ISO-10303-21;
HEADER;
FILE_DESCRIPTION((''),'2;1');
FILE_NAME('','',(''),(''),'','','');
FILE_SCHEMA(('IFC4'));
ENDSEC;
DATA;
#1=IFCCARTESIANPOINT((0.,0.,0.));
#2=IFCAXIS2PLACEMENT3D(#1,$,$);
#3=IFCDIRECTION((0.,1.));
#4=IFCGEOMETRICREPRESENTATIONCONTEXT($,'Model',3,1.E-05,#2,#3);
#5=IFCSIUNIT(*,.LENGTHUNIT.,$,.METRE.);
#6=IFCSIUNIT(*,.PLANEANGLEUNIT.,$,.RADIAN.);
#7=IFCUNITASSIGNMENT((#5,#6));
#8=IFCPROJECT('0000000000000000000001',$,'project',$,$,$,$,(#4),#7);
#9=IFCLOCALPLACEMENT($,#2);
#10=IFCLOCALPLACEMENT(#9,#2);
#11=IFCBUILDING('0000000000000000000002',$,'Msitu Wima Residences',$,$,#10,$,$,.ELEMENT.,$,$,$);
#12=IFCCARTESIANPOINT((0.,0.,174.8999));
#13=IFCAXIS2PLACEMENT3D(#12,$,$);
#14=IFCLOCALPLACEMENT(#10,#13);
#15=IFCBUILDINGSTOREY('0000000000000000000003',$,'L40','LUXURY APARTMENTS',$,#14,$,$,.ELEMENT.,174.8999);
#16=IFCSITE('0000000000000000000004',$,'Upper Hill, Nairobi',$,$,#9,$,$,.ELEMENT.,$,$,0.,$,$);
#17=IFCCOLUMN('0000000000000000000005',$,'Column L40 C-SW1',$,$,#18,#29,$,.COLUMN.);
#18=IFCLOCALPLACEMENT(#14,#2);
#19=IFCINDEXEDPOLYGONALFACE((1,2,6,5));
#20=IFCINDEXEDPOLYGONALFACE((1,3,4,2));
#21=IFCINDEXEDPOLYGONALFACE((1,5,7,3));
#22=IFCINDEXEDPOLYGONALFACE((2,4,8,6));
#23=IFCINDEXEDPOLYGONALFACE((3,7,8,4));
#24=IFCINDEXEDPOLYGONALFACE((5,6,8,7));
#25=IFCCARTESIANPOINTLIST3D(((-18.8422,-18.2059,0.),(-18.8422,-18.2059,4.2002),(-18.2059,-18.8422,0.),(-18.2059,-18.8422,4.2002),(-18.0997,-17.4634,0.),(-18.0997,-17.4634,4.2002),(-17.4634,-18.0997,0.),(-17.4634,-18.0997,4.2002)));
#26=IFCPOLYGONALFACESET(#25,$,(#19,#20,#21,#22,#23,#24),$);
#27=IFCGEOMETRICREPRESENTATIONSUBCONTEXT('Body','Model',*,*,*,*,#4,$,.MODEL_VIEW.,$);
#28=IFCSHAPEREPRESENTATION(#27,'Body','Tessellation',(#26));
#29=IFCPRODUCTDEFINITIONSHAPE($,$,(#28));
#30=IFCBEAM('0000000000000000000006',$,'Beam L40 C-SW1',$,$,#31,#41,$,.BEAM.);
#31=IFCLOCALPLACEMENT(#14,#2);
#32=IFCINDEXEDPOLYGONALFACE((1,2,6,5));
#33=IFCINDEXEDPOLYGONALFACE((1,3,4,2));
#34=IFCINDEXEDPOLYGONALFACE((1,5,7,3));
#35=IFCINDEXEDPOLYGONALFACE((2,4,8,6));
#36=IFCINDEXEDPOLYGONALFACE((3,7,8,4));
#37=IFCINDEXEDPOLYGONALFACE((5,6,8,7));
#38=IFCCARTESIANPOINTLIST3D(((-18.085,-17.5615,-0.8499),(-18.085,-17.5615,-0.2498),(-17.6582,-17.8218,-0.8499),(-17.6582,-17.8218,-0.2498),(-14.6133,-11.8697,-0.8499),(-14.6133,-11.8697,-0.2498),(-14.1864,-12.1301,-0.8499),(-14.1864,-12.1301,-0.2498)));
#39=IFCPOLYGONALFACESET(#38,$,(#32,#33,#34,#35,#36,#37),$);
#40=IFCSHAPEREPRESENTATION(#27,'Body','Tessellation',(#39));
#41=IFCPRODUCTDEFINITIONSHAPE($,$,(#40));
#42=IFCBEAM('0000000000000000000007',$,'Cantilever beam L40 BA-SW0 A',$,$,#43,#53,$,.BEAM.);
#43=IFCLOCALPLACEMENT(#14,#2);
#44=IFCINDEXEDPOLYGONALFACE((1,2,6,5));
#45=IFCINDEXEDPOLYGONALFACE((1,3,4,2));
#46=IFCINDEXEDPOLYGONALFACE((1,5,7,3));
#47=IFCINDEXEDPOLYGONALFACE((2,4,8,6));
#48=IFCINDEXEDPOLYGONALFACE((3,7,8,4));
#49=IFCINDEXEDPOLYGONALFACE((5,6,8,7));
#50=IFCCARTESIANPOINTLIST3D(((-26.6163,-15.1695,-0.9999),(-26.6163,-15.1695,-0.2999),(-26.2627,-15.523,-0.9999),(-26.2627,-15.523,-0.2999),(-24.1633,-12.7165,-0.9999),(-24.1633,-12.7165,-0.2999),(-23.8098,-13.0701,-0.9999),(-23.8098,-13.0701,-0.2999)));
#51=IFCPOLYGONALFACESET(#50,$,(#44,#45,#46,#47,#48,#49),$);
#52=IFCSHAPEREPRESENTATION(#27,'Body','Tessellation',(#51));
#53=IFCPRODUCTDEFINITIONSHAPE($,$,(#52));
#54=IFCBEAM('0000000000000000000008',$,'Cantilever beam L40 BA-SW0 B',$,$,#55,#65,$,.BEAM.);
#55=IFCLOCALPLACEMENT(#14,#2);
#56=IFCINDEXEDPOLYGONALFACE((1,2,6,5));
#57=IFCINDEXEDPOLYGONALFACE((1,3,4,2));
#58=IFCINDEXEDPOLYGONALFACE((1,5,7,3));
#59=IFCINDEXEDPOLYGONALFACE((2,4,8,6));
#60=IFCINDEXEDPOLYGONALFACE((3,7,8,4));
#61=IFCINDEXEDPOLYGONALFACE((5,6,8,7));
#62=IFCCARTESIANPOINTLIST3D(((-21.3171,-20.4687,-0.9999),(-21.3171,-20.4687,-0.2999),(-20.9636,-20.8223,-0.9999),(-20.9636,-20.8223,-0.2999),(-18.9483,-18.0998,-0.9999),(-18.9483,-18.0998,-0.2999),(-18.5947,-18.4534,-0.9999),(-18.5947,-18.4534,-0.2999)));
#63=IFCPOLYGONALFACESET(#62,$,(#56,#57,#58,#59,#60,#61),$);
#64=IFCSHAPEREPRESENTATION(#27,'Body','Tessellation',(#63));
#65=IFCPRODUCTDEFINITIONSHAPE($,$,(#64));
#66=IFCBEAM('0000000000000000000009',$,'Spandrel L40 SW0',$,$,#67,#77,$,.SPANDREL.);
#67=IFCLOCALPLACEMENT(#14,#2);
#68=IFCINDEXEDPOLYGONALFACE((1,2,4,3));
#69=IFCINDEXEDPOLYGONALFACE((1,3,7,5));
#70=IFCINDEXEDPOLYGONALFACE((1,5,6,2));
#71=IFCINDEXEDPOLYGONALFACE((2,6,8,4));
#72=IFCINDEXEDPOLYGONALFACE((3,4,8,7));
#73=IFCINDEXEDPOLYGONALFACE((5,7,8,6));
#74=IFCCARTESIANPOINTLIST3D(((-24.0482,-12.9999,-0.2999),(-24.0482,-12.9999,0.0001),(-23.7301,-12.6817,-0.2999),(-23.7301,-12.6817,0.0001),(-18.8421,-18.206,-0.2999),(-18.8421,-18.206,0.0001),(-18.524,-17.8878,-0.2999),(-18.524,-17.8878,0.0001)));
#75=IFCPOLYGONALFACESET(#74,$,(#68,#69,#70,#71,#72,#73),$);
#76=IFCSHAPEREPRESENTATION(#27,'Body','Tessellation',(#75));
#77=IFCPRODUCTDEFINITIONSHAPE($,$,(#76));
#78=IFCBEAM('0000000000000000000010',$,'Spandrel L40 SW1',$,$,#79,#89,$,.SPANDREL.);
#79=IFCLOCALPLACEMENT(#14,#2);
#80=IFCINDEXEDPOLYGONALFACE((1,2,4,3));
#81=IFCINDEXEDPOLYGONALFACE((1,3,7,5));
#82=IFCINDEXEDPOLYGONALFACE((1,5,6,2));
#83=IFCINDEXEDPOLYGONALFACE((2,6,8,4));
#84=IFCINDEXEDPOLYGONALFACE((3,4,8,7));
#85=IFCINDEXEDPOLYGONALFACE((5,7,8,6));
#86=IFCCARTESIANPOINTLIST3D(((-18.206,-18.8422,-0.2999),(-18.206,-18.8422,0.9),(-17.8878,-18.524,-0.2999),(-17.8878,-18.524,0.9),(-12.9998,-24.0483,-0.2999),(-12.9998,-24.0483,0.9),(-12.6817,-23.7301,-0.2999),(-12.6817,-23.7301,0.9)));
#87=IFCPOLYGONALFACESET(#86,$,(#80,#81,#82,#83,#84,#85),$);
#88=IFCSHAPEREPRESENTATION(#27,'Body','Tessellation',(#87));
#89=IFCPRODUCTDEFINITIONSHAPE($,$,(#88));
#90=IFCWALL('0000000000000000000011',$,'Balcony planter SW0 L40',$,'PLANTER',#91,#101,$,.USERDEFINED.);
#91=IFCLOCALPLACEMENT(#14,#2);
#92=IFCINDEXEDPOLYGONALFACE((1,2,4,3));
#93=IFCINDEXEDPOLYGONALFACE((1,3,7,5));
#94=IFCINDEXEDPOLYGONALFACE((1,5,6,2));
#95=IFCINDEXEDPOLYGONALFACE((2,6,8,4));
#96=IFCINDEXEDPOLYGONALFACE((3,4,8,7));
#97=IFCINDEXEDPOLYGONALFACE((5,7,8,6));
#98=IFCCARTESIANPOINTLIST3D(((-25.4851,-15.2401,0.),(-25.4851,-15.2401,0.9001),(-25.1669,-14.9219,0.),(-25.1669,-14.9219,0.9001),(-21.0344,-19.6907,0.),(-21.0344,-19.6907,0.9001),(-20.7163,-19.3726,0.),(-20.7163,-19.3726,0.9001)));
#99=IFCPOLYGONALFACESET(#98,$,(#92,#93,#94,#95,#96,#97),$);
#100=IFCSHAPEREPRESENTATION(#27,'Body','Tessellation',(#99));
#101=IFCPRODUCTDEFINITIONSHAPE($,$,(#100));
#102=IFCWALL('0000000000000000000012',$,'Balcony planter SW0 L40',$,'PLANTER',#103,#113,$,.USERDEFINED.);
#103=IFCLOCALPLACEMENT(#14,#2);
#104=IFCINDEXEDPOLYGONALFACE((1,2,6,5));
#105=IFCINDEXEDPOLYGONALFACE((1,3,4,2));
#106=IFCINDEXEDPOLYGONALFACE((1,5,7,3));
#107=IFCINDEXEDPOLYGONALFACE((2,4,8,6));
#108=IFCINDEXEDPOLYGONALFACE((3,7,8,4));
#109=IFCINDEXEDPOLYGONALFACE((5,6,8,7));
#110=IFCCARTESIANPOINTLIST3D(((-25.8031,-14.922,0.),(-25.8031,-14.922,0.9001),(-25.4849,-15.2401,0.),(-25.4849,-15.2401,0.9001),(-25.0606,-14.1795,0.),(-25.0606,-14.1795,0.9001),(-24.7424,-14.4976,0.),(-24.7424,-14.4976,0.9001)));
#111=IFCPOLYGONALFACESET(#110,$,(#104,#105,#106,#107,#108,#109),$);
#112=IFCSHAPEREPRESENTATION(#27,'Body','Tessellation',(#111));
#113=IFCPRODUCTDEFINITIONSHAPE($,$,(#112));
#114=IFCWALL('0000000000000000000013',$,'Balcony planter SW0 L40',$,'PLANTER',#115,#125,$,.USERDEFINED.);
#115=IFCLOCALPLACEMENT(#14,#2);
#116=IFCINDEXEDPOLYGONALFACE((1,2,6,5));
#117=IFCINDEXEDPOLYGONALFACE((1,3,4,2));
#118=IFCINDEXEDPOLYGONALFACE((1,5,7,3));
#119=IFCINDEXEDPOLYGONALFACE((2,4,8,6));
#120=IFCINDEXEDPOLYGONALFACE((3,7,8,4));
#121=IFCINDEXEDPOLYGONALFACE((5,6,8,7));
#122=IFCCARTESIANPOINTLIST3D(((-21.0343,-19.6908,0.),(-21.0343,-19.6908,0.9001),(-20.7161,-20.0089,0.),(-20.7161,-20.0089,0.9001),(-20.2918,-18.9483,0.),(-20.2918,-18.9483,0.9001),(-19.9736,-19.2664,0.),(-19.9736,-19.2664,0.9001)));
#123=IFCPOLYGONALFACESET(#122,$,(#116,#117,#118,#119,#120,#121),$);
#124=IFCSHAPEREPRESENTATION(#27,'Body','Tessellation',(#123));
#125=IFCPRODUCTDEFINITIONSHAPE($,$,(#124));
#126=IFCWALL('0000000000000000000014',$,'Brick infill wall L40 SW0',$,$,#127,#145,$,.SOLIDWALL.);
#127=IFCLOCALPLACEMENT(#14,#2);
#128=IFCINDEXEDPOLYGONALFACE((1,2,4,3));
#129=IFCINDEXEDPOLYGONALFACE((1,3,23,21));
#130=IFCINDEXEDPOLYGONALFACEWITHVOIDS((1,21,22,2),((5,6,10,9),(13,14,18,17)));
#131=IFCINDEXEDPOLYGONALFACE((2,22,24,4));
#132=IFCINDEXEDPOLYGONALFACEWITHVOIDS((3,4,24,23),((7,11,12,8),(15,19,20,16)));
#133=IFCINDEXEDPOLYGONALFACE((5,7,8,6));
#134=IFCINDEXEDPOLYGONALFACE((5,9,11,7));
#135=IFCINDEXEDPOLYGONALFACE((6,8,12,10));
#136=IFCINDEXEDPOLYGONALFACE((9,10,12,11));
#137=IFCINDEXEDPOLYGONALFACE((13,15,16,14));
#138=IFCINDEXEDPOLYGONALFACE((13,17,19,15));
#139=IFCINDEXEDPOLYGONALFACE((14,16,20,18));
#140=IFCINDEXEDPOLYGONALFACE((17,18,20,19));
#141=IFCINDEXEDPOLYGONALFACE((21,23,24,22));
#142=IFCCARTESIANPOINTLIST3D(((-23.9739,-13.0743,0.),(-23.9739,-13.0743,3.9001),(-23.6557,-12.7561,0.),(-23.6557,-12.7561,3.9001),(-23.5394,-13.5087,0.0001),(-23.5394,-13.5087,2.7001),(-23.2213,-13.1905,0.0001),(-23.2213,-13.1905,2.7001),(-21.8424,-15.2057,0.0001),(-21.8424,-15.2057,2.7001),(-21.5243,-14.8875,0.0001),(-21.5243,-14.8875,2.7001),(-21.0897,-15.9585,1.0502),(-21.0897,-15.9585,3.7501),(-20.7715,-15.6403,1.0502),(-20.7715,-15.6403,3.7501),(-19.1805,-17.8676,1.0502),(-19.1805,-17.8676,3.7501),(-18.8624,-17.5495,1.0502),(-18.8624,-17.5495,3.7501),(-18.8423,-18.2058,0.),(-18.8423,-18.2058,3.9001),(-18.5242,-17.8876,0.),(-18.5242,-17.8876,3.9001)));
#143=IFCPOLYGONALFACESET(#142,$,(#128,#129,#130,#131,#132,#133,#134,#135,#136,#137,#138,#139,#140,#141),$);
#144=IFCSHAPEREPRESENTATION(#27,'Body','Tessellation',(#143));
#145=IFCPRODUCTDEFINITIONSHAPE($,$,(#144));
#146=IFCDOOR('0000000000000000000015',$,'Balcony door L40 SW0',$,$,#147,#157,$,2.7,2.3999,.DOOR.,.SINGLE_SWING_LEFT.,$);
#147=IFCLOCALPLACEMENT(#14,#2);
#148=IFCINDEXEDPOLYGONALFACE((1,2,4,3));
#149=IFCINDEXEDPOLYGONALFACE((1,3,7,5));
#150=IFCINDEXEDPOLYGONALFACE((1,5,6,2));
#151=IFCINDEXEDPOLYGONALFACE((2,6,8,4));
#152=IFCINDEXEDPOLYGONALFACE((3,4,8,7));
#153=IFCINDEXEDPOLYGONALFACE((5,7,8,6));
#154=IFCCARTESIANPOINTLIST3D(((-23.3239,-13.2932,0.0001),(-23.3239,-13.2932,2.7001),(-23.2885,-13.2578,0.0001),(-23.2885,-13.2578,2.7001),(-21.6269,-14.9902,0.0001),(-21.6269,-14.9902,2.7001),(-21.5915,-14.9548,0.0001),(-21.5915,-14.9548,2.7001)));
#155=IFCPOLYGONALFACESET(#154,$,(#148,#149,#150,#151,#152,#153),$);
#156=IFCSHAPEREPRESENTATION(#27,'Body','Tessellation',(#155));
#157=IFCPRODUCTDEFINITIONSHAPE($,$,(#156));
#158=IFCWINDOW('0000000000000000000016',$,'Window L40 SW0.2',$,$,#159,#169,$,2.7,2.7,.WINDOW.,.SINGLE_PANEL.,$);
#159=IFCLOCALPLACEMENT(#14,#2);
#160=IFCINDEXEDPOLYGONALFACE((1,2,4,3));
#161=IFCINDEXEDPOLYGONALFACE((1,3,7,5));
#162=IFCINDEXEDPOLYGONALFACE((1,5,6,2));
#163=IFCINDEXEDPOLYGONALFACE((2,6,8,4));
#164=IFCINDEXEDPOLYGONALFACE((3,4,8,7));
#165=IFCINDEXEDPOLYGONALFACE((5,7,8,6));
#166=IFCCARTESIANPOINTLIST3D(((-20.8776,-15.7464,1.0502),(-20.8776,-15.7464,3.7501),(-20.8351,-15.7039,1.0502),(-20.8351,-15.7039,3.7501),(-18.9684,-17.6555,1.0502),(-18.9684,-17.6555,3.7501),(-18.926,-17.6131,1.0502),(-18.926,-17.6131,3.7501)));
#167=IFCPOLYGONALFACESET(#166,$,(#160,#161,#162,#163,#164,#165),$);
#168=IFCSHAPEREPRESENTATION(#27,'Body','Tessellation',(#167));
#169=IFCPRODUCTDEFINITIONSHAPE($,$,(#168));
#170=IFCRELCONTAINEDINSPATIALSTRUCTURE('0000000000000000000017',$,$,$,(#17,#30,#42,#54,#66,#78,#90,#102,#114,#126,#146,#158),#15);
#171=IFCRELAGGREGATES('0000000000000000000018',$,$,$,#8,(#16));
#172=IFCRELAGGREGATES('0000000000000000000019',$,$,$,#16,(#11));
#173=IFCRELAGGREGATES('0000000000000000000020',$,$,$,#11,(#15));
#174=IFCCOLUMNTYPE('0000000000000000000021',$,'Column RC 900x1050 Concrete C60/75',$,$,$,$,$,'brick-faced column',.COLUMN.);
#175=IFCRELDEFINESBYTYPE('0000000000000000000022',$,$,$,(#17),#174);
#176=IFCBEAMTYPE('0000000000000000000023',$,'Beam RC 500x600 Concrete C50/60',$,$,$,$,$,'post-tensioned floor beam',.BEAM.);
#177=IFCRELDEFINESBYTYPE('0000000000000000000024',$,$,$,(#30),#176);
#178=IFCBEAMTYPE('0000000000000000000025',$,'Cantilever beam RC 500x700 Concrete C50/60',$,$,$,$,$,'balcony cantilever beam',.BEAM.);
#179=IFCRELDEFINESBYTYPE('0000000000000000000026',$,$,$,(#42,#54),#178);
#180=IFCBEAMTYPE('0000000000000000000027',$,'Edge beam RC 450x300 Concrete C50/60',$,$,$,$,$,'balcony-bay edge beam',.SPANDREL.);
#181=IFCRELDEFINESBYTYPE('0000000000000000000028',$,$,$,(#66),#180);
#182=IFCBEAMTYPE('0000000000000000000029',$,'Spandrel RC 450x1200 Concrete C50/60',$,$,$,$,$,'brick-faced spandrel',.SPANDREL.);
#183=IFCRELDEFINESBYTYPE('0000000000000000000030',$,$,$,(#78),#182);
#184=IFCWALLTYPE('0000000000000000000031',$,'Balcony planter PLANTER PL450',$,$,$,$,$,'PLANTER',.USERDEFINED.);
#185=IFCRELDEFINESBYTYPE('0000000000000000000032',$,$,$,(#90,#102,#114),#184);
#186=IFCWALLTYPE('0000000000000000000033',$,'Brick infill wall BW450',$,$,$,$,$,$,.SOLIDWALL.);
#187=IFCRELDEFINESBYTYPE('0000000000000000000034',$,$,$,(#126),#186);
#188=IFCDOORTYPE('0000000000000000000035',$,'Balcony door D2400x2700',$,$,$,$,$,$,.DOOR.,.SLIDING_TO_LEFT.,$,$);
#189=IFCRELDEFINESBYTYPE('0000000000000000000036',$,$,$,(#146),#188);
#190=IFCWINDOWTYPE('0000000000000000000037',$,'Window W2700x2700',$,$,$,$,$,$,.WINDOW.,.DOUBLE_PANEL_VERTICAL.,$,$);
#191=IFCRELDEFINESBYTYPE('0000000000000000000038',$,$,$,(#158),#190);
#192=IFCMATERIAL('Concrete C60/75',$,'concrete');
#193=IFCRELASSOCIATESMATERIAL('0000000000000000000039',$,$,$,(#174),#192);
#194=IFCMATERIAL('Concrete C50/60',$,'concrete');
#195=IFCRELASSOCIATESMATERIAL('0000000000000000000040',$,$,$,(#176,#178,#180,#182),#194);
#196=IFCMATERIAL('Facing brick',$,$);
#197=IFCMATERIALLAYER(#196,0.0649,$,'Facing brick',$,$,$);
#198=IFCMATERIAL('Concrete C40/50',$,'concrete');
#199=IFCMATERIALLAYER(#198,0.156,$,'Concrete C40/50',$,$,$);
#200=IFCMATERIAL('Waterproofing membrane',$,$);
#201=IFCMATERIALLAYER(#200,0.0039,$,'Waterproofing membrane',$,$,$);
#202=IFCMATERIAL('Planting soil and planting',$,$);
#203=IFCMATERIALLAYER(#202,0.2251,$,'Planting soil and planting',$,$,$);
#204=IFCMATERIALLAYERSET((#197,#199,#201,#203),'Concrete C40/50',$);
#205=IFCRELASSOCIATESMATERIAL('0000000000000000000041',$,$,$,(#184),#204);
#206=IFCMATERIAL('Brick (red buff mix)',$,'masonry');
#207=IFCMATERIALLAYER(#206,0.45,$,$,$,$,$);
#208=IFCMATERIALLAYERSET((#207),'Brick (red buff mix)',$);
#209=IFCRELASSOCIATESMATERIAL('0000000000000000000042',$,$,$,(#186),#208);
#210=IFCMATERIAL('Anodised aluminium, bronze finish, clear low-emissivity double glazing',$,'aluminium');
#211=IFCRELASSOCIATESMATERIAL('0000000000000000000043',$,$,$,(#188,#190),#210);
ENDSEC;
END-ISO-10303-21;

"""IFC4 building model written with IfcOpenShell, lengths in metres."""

from ifc_helpers import new_model, si_unit, direction, frame, frame_2d, origin, origin_2d, place, context, subcontext, project, spatial, rectangle, extrude, material, layer, layer_set, material_profile, profile_set, type_object, element, fill, save


model = new_model("IFC4")

# Units and contexts
model_context = context("Model", 3, precision=1e-05, world=origin(), true_north=direction((0.0, 1.0)))
body_context = subcontext(model_context, "Body", "Model", "MODEL_VIEW")
ifc_project = project(units=[si_unit("LENGTHUNIT", "METRE"), si_unit("PLANEANGLEUNIT", "RADIAN")], contexts=[model_context])

# Site, building, storey
site_placement = place(None, origin())
site = spatial("IfcSite", under=ifc_project, at=site_placement, Name="Upper Hill, Nairobi", CompositionType="ELEMENT", RefElevation=0.0)
building_placement = place(site_placement, origin())
building = spatial("IfcBuilding", under=site, at=building_placement, Name="Msitu Wima Residences", CompositionType="ELEMENT")
storey_placement = place(building_placement, frame((0.0, 0.0, 174.8999)))
storey = spatial("IfcBuildingStorey", under=building, at=storey_placement, Name="L40", Description="LUXURY APARTMENTS", CompositionType="ELEMENT", Elevation=174.8999)

# Column
ifc_material_1 = material(Name="Concrete C60/75", Category="concrete")
ifc_material_profile_1 = material_profile(ifc_material_1, rectangle(XDim=0.8999, YDim=1.05, at=origin_2d()), Name="RC 900x1050")
ifc_profile_set_1 = profile_set([ifc_material_profile_1], Name="Concrete C60/75")
column_type = type_object("IfcColumnType", Name="Column RC 900x1050 Concrete C60/75", ElementType="brick-faced column", PredefinedType="COLUMN", material=ifc_profile_set_1)
column_placement = place(storey_placement, frame((-18.1528, -18.1528, 0.0), z_axis=(0.0, 0.0, 1.0), x_axis=(0.707107, -0.707107, 0.0)))
element("IfcColumn", 1, at=column_placement, inside=storey, type_object=column_type, Name="Column L40 C-SW1", PredefinedType="COLUMN", context=body_context, shape_type="SweptSolid", body=[
    extrude(rectangle(XDim=0.8999, YDim=1.05, at=origin_2d()), origin(), (0.0, 0.0, 1.0), 4.2002),
])

# Beams
ifc_material_2 = material(Name="Concrete C50/60", Category="concrete")
ifc_material_profile_2 = material_profile(ifc_material_2, rectangle(XDim=0.5, YDim=0.6001, at=origin_2d()), Name="RC 500x600")
ifc_profile_set_2 = profile_set([ifc_material_profile_2], Name="Concrete C50/60")
beam_type_1 = type_object("IfcBeamType", Name="Beam RC 500x600 Concrete C50/60", ElementType="post-tensioned floor beam", PredefinedType="BEAM", material=ifc_profile_set_2)
beam_1_placement = place(storey_placement, frame((-17.8716, -17.6917, -0.5498), z_axis=(0.520734, 0.853719, 0.0), x_axis=(-0.853719, 0.520734, 0.0)))
element("IfcBeam", 2, at=beam_1_placement, inside=storey, type_object=beam_type_1, Name="Beam L40 C-SW1", PredefinedType="BEAM", context=body_context, shape_type="SweptSolid", body=[
    extrude(rectangle(XDim=0.5, YDim=0.6001, at=origin_2d()), origin(), (0.0, 0.0, 1.0), 6.667),
])
ifc_material_profile_3 = material_profile(ifc_material_2, rectangle(XDim=0.5, YDim=0.7, at=origin_2d()), Name="RC 500x700")
ifc_profile_set_3 = profile_set([ifc_material_profile_3], Name="Concrete C50/60")
beam_type_2 = type_object("IfcBeamType", Name="Cantilever beam RC 500x700 Concrete C50/60", ElementType="balcony cantilever beam", PredefinedType="BEAM", material=ifc_profile_set_3)
beam_2_placement = place(storey_placement, frame((-23.9866, -12.8933, -0.6499), z_axis=(-0.707107, -0.707107, 0.0), x_axis=(0.707107, -0.707107, 0.0)))
element("IfcBeam", 3, at=beam_2_placement, inside=storey, type_object=beam_type_2, Name="Cantilever beam L40 BA-SW0 A", PredefinedType="BEAM", context=body_context, shape_type="SweptSolid", body=[
    extrude(rectangle(XDim=0.5, YDim=0.7, at=origin_2d()), origin(), (0.0, 0.0, 1.0), 3.469),
])
beam_3_placement = place(storey_placement, frame((-18.7715, -18.2766, -0.6499), z_axis=(-0.707107, -0.707107, 0.0), x_axis=(0.707107, -0.707107, 0.0)))
element("IfcBeam", 4, at=beam_3_placement, inside=storey, type_object=beam_type_2, Name="Cantilever beam L40 BA-SW0 B", PredefinedType="BEAM", context=body_context, shape_type="SweptSolid", body=[
    extrude(rectangle(XDim=0.5, YDim=0.7, at=origin_2d()), origin(), (0.0, 0.0, 1.0), 3.3501),
])
ifc_material_profile_4 = material_profile(ifc_material_2, rectangle(XDim=0.45, YDim=0.3, at=origin_2d()), Name="RC 450x300")
ifc_profile_set_4 = profile_set([ifc_material_profile_4], Name="Concrete C50/60")
beam_type_3 = type_object("IfcBeamType", Name="Edge beam RC 450x300 Concrete C50/60", ElementType="balcony-bay edge beam", PredefinedType="SPANDREL", material=ifc_profile_set_4)
beam_4_placement = place(storey_placement, frame((-23.8892, -12.8408, -0.1499), z_axis=(0.707107, -0.707107, 0.0), x_axis=(0.707107, 0.707107, 0.0)))
element("IfcBeam", 5, at=beam_4_placement, inside=storey, type_object=beam_type_3, Name="Spandrel L40 SW0", PredefinedType="SPANDREL", context=body_context, shape_type="SweptSolid", body=[
    extrude(rectangle(XDim=0.45, YDim=0.3, at=origin_2d()), origin(), (0.0, 0.0, 1.0), 7.3625),
])
ifc_material_profile_5 = material_profile(ifc_material_2, rectangle(XDim=0.45, YDim=1.2, at=origin_2d()), Name="RC 450x1200")
ifc_profile_set_5 = profile_set([ifc_material_profile_5], Name="Concrete C50/60")
beam_type_4 = type_object("IfcBeamType", Name="Spandrel RC 450x1200 Concrete C50/60", ElementType="brick-faced spandrel", PredefinedType="SPANDREL", material=ifc_profile_set_5)
beam_5_placement = place(storey_placement, frame((-18.0469, -18.6831, 0.3), z_axis=(0.707107, -0.707107, 0.0), x_axis=(0.707107, 0.707107, 0.0)))
element("IfcBeam", 6, at=beam_5_placement, inside=storey, type_object=beam_type_4, Name="Spandrel L40 SW1", PredefinedType="SPANDREL", context=body_context, shape_type="SweptSolid", body=[
    extrude(rectangle(XDim=0.45, YDim=1.2, at=origin_2d()), origin(), (0.0, 0.0, 1.0), 7.3625),
])

# Walls
ifc_material_3 = material(Name="Facing brick")
ifc_layer_1 = layer(ifc_material_3, 0.0649, Name="Facing brick")
ifc_material_4 = material(Name="Concrete C40/50", Category="concrete")
ifc_layer_2 = layer(ifc_material_4, 0.156, Name="Concrete C40/50")
ifc_material_5 = material(Name="Waterproofing membrane")
ifc_layer_3 = layer(ifc_material_5, 0.0039, Name="Waterproofing membrane")
ifc_material_6 = material(Name="Planting soil and planting")
ifc_layer_4 = layer(ifc_material_6, 0.2251, Name="Planting soil and planting")
ifc_layer_set_1 = layer_set([ifc_layer_1, ifc_layer_2, ifc_layer_3, ifc_layer_4], Name="Concrete C40/50")
wall_type_1 = type_object("IfcWallType", Name="Balcony planter PLANTER PL450", ElementType="PLANTER", PredefinedType="USERDEFINED", material=ifc_layer_set_1)
wall_1_placement = place(storey_placement, frame((-25.3259, -15.0811, 0.0), z_axis=(0.0, 0.0, 1.0), x_axis=(0.707107, -0.707107, 0.0)))
element("IfcWall", 7, at=wall_1_placement, inside=storey, type_object=wall_type_1, Name="Balcony planter SW0 L40", ObjectType="PLANTER", PredefinedType="USERDEFINED", context=body_context, shape_type="SweptSolid", body=[
    extrude(rectangle(XDim=6.2942, YDim=0.45, at=frame_2d((3.147, 0.0))), origin(), (0.0, 0.0, 1.0), 0.9001),
])
for number, where, z_axis, x_axis, name in (
    (8, (-24.9016, -14.3386, 0.0), (0.0, 0.0, 1.0), (-0.707107, -0.707107, 0.0), "Balcony planter SW0 L40"),
    (9, (-20.1328, -19.1074, 0.0), (0.0, 0.0, 1.0), (-0.707107, -0.707107, 0.0), "Balcony planter SW0 L40"),
):
    element("IfcWall", number, at=place(storey_placement, frame(where, z_axis=z_axis, x_axis=x_axis)), inside=storey, type_object=wall_type_1, Name=name, ObjectType="PLANTER", PredefinedType="USERDEFINED", context=body_context, shape_type="SweptSolid", body=[
        extrude(rectangle(XDim=1.05, YDim=0.45, at=frame_2d((0.5249, 0.0))), origin(), (0.0, 0.0, 1.0), 0.9001),
    ])

# Wall, openings, door, window
ifc_material_7 = material(Name="Brick (red buff mix)", Category="masonry")
ifc_layer_5 = layer(ifc_material_7, 0.45)
ifc_layer_set_2 = layer_set([ifc_layer_5], Name="Brick (red buff mix)")
wall_type_2 = type_object("IfcWallType", Name="Brick infill wall BW450", PredefinedType="SOLIDWALL", material=ifc_layer_set_2)
wall_2_placement = place(storey_placement, frame((-23.8147, -12.9153, 0.0), z_axis=(0.0, 0.0, 1.0), x_axis=(0.707107, -0.707107, 0.0)))
wall_2 = element("IfcWall", 10, at=wall_2_placement, inside=storey, type_object=wall_type_2, Name="Brick infill wall L40 SW0", PredefinedType="SOLIDWALL", context=body_context, shape_type="SweptSolid", body=[
    extrude(rectangle(XDim=7.2571, YDim=0.45, at=frame_2d((3.6284, 0.0))), origin(), (0.0, 0.0, 1.0), 3.9001),
])
opening_1_placement = place(wall_2_placement, frame((0.6143, 0.0, 0.0)))
opening_1 = element("IfcOpeningElement", 11, at=opening_1_placement, cuts=wall_2, PredefinedType="OPENING", context=body_context, shape_type="SweptSolid", body=[
    extrude(rectangle(XDim=2.3999, YDim=2.7, at=frame_2d((1.2, 1.3501))), frame((0.0, 0.2349, 0.0), z_axis=(0.0, -1.0, 0.0), x_axis=(1.0, 0.0, 0.0)), (0.0, 0.0, 1.0), 0.47),
])
opening_2_placement = place(wall_2_placement, frame((4.0786, 0.0, 1.05)))
opening_2 = element("IfcOpeningElement", 12, at=opening_2_placement, cuts=wall_2, PredefinedType="OPENING", context=body_context, shape_type="SweptSolid", body=[
    extrude(rectangle(XDim=2.7, YDim=2.7, at=frame_2d((1.3501, 1.3501))), frame((0.0, 0.2349, 0.0), z_axis=(0.0, -1.0, 0.0), x_axis=(1.0, 0.0, 0.0)), (0.0, 0.0, 1.0), 0.47),
])
ifc_material_8 = material(Name="Anodised aluminium, bronze finish, clear low-emissivity double glazing", Category="aluminium")
door_type_1 = type_object("IfcDoorType", Name="Balcony door D2400x2700", OperationType="SLIDING_TO_LEFT", PredefinedType="DOOR", material=ifc_material_8)
door_1_placement = place(opening_1_placement, origin())
door_1 = element("IfcDoor", 13, at=door_1_placement, inside=storey, type_object=door_type_1, Name="Balcony door L40 SW0", OperationType="SINGLE_SWING_LEFT", OverallHeight=2.7, OverallWidth=2.3999, PredefinedType="DOOR", context=body_context, shape_type="SweptSolid", body=[
    extrude(rectangle(XDim=2.3999, YDim=2.7, at=frame_2d((1.2, 1.3501))), frame((0.0, 0.1299, 0.0), z_axis=(0.0, -1.0, 0.0), x_axis=(1.0, 0.0, 0.0)), (0.0, 0.0, 1.0), 0.05),
])
fill(opening_1, door_1)
window_type = type_object("IfcWindowType", Name="Window W2700x2700", PartitioningType="DOUBLE_PANEL_VERTICAL", PredefinedType="WINDOW", material=ifc_material_8)
window_1_placement = place(opening_2_placement, origin())
window_1 = element("IfcWindow", 14, at=window_1_placement, inside=storey, type_object=window_type, Name="Window L40 SW0.2", OverallHeight=2.7, OverallWidth=2.7, PartitioningType="SINGLE_PANEL", PredefinedType="WINDOW", context=body_context, shape_type="SweptSolid", body=[
    extrude(rectangle(XDim=2.7, YDim=2.7, at=frame_2d((1.3501, 1.3501))), frame((0.0, 0.135, 0.0), z_axis=(0.0, -1.0, 0.0), x_axis=(1.0, 0.0, 0.0)), (0.0, 0.0, 1.0), 0.0601),
])
fill(opening_2, window_1)

save(model, "model.ifc")
